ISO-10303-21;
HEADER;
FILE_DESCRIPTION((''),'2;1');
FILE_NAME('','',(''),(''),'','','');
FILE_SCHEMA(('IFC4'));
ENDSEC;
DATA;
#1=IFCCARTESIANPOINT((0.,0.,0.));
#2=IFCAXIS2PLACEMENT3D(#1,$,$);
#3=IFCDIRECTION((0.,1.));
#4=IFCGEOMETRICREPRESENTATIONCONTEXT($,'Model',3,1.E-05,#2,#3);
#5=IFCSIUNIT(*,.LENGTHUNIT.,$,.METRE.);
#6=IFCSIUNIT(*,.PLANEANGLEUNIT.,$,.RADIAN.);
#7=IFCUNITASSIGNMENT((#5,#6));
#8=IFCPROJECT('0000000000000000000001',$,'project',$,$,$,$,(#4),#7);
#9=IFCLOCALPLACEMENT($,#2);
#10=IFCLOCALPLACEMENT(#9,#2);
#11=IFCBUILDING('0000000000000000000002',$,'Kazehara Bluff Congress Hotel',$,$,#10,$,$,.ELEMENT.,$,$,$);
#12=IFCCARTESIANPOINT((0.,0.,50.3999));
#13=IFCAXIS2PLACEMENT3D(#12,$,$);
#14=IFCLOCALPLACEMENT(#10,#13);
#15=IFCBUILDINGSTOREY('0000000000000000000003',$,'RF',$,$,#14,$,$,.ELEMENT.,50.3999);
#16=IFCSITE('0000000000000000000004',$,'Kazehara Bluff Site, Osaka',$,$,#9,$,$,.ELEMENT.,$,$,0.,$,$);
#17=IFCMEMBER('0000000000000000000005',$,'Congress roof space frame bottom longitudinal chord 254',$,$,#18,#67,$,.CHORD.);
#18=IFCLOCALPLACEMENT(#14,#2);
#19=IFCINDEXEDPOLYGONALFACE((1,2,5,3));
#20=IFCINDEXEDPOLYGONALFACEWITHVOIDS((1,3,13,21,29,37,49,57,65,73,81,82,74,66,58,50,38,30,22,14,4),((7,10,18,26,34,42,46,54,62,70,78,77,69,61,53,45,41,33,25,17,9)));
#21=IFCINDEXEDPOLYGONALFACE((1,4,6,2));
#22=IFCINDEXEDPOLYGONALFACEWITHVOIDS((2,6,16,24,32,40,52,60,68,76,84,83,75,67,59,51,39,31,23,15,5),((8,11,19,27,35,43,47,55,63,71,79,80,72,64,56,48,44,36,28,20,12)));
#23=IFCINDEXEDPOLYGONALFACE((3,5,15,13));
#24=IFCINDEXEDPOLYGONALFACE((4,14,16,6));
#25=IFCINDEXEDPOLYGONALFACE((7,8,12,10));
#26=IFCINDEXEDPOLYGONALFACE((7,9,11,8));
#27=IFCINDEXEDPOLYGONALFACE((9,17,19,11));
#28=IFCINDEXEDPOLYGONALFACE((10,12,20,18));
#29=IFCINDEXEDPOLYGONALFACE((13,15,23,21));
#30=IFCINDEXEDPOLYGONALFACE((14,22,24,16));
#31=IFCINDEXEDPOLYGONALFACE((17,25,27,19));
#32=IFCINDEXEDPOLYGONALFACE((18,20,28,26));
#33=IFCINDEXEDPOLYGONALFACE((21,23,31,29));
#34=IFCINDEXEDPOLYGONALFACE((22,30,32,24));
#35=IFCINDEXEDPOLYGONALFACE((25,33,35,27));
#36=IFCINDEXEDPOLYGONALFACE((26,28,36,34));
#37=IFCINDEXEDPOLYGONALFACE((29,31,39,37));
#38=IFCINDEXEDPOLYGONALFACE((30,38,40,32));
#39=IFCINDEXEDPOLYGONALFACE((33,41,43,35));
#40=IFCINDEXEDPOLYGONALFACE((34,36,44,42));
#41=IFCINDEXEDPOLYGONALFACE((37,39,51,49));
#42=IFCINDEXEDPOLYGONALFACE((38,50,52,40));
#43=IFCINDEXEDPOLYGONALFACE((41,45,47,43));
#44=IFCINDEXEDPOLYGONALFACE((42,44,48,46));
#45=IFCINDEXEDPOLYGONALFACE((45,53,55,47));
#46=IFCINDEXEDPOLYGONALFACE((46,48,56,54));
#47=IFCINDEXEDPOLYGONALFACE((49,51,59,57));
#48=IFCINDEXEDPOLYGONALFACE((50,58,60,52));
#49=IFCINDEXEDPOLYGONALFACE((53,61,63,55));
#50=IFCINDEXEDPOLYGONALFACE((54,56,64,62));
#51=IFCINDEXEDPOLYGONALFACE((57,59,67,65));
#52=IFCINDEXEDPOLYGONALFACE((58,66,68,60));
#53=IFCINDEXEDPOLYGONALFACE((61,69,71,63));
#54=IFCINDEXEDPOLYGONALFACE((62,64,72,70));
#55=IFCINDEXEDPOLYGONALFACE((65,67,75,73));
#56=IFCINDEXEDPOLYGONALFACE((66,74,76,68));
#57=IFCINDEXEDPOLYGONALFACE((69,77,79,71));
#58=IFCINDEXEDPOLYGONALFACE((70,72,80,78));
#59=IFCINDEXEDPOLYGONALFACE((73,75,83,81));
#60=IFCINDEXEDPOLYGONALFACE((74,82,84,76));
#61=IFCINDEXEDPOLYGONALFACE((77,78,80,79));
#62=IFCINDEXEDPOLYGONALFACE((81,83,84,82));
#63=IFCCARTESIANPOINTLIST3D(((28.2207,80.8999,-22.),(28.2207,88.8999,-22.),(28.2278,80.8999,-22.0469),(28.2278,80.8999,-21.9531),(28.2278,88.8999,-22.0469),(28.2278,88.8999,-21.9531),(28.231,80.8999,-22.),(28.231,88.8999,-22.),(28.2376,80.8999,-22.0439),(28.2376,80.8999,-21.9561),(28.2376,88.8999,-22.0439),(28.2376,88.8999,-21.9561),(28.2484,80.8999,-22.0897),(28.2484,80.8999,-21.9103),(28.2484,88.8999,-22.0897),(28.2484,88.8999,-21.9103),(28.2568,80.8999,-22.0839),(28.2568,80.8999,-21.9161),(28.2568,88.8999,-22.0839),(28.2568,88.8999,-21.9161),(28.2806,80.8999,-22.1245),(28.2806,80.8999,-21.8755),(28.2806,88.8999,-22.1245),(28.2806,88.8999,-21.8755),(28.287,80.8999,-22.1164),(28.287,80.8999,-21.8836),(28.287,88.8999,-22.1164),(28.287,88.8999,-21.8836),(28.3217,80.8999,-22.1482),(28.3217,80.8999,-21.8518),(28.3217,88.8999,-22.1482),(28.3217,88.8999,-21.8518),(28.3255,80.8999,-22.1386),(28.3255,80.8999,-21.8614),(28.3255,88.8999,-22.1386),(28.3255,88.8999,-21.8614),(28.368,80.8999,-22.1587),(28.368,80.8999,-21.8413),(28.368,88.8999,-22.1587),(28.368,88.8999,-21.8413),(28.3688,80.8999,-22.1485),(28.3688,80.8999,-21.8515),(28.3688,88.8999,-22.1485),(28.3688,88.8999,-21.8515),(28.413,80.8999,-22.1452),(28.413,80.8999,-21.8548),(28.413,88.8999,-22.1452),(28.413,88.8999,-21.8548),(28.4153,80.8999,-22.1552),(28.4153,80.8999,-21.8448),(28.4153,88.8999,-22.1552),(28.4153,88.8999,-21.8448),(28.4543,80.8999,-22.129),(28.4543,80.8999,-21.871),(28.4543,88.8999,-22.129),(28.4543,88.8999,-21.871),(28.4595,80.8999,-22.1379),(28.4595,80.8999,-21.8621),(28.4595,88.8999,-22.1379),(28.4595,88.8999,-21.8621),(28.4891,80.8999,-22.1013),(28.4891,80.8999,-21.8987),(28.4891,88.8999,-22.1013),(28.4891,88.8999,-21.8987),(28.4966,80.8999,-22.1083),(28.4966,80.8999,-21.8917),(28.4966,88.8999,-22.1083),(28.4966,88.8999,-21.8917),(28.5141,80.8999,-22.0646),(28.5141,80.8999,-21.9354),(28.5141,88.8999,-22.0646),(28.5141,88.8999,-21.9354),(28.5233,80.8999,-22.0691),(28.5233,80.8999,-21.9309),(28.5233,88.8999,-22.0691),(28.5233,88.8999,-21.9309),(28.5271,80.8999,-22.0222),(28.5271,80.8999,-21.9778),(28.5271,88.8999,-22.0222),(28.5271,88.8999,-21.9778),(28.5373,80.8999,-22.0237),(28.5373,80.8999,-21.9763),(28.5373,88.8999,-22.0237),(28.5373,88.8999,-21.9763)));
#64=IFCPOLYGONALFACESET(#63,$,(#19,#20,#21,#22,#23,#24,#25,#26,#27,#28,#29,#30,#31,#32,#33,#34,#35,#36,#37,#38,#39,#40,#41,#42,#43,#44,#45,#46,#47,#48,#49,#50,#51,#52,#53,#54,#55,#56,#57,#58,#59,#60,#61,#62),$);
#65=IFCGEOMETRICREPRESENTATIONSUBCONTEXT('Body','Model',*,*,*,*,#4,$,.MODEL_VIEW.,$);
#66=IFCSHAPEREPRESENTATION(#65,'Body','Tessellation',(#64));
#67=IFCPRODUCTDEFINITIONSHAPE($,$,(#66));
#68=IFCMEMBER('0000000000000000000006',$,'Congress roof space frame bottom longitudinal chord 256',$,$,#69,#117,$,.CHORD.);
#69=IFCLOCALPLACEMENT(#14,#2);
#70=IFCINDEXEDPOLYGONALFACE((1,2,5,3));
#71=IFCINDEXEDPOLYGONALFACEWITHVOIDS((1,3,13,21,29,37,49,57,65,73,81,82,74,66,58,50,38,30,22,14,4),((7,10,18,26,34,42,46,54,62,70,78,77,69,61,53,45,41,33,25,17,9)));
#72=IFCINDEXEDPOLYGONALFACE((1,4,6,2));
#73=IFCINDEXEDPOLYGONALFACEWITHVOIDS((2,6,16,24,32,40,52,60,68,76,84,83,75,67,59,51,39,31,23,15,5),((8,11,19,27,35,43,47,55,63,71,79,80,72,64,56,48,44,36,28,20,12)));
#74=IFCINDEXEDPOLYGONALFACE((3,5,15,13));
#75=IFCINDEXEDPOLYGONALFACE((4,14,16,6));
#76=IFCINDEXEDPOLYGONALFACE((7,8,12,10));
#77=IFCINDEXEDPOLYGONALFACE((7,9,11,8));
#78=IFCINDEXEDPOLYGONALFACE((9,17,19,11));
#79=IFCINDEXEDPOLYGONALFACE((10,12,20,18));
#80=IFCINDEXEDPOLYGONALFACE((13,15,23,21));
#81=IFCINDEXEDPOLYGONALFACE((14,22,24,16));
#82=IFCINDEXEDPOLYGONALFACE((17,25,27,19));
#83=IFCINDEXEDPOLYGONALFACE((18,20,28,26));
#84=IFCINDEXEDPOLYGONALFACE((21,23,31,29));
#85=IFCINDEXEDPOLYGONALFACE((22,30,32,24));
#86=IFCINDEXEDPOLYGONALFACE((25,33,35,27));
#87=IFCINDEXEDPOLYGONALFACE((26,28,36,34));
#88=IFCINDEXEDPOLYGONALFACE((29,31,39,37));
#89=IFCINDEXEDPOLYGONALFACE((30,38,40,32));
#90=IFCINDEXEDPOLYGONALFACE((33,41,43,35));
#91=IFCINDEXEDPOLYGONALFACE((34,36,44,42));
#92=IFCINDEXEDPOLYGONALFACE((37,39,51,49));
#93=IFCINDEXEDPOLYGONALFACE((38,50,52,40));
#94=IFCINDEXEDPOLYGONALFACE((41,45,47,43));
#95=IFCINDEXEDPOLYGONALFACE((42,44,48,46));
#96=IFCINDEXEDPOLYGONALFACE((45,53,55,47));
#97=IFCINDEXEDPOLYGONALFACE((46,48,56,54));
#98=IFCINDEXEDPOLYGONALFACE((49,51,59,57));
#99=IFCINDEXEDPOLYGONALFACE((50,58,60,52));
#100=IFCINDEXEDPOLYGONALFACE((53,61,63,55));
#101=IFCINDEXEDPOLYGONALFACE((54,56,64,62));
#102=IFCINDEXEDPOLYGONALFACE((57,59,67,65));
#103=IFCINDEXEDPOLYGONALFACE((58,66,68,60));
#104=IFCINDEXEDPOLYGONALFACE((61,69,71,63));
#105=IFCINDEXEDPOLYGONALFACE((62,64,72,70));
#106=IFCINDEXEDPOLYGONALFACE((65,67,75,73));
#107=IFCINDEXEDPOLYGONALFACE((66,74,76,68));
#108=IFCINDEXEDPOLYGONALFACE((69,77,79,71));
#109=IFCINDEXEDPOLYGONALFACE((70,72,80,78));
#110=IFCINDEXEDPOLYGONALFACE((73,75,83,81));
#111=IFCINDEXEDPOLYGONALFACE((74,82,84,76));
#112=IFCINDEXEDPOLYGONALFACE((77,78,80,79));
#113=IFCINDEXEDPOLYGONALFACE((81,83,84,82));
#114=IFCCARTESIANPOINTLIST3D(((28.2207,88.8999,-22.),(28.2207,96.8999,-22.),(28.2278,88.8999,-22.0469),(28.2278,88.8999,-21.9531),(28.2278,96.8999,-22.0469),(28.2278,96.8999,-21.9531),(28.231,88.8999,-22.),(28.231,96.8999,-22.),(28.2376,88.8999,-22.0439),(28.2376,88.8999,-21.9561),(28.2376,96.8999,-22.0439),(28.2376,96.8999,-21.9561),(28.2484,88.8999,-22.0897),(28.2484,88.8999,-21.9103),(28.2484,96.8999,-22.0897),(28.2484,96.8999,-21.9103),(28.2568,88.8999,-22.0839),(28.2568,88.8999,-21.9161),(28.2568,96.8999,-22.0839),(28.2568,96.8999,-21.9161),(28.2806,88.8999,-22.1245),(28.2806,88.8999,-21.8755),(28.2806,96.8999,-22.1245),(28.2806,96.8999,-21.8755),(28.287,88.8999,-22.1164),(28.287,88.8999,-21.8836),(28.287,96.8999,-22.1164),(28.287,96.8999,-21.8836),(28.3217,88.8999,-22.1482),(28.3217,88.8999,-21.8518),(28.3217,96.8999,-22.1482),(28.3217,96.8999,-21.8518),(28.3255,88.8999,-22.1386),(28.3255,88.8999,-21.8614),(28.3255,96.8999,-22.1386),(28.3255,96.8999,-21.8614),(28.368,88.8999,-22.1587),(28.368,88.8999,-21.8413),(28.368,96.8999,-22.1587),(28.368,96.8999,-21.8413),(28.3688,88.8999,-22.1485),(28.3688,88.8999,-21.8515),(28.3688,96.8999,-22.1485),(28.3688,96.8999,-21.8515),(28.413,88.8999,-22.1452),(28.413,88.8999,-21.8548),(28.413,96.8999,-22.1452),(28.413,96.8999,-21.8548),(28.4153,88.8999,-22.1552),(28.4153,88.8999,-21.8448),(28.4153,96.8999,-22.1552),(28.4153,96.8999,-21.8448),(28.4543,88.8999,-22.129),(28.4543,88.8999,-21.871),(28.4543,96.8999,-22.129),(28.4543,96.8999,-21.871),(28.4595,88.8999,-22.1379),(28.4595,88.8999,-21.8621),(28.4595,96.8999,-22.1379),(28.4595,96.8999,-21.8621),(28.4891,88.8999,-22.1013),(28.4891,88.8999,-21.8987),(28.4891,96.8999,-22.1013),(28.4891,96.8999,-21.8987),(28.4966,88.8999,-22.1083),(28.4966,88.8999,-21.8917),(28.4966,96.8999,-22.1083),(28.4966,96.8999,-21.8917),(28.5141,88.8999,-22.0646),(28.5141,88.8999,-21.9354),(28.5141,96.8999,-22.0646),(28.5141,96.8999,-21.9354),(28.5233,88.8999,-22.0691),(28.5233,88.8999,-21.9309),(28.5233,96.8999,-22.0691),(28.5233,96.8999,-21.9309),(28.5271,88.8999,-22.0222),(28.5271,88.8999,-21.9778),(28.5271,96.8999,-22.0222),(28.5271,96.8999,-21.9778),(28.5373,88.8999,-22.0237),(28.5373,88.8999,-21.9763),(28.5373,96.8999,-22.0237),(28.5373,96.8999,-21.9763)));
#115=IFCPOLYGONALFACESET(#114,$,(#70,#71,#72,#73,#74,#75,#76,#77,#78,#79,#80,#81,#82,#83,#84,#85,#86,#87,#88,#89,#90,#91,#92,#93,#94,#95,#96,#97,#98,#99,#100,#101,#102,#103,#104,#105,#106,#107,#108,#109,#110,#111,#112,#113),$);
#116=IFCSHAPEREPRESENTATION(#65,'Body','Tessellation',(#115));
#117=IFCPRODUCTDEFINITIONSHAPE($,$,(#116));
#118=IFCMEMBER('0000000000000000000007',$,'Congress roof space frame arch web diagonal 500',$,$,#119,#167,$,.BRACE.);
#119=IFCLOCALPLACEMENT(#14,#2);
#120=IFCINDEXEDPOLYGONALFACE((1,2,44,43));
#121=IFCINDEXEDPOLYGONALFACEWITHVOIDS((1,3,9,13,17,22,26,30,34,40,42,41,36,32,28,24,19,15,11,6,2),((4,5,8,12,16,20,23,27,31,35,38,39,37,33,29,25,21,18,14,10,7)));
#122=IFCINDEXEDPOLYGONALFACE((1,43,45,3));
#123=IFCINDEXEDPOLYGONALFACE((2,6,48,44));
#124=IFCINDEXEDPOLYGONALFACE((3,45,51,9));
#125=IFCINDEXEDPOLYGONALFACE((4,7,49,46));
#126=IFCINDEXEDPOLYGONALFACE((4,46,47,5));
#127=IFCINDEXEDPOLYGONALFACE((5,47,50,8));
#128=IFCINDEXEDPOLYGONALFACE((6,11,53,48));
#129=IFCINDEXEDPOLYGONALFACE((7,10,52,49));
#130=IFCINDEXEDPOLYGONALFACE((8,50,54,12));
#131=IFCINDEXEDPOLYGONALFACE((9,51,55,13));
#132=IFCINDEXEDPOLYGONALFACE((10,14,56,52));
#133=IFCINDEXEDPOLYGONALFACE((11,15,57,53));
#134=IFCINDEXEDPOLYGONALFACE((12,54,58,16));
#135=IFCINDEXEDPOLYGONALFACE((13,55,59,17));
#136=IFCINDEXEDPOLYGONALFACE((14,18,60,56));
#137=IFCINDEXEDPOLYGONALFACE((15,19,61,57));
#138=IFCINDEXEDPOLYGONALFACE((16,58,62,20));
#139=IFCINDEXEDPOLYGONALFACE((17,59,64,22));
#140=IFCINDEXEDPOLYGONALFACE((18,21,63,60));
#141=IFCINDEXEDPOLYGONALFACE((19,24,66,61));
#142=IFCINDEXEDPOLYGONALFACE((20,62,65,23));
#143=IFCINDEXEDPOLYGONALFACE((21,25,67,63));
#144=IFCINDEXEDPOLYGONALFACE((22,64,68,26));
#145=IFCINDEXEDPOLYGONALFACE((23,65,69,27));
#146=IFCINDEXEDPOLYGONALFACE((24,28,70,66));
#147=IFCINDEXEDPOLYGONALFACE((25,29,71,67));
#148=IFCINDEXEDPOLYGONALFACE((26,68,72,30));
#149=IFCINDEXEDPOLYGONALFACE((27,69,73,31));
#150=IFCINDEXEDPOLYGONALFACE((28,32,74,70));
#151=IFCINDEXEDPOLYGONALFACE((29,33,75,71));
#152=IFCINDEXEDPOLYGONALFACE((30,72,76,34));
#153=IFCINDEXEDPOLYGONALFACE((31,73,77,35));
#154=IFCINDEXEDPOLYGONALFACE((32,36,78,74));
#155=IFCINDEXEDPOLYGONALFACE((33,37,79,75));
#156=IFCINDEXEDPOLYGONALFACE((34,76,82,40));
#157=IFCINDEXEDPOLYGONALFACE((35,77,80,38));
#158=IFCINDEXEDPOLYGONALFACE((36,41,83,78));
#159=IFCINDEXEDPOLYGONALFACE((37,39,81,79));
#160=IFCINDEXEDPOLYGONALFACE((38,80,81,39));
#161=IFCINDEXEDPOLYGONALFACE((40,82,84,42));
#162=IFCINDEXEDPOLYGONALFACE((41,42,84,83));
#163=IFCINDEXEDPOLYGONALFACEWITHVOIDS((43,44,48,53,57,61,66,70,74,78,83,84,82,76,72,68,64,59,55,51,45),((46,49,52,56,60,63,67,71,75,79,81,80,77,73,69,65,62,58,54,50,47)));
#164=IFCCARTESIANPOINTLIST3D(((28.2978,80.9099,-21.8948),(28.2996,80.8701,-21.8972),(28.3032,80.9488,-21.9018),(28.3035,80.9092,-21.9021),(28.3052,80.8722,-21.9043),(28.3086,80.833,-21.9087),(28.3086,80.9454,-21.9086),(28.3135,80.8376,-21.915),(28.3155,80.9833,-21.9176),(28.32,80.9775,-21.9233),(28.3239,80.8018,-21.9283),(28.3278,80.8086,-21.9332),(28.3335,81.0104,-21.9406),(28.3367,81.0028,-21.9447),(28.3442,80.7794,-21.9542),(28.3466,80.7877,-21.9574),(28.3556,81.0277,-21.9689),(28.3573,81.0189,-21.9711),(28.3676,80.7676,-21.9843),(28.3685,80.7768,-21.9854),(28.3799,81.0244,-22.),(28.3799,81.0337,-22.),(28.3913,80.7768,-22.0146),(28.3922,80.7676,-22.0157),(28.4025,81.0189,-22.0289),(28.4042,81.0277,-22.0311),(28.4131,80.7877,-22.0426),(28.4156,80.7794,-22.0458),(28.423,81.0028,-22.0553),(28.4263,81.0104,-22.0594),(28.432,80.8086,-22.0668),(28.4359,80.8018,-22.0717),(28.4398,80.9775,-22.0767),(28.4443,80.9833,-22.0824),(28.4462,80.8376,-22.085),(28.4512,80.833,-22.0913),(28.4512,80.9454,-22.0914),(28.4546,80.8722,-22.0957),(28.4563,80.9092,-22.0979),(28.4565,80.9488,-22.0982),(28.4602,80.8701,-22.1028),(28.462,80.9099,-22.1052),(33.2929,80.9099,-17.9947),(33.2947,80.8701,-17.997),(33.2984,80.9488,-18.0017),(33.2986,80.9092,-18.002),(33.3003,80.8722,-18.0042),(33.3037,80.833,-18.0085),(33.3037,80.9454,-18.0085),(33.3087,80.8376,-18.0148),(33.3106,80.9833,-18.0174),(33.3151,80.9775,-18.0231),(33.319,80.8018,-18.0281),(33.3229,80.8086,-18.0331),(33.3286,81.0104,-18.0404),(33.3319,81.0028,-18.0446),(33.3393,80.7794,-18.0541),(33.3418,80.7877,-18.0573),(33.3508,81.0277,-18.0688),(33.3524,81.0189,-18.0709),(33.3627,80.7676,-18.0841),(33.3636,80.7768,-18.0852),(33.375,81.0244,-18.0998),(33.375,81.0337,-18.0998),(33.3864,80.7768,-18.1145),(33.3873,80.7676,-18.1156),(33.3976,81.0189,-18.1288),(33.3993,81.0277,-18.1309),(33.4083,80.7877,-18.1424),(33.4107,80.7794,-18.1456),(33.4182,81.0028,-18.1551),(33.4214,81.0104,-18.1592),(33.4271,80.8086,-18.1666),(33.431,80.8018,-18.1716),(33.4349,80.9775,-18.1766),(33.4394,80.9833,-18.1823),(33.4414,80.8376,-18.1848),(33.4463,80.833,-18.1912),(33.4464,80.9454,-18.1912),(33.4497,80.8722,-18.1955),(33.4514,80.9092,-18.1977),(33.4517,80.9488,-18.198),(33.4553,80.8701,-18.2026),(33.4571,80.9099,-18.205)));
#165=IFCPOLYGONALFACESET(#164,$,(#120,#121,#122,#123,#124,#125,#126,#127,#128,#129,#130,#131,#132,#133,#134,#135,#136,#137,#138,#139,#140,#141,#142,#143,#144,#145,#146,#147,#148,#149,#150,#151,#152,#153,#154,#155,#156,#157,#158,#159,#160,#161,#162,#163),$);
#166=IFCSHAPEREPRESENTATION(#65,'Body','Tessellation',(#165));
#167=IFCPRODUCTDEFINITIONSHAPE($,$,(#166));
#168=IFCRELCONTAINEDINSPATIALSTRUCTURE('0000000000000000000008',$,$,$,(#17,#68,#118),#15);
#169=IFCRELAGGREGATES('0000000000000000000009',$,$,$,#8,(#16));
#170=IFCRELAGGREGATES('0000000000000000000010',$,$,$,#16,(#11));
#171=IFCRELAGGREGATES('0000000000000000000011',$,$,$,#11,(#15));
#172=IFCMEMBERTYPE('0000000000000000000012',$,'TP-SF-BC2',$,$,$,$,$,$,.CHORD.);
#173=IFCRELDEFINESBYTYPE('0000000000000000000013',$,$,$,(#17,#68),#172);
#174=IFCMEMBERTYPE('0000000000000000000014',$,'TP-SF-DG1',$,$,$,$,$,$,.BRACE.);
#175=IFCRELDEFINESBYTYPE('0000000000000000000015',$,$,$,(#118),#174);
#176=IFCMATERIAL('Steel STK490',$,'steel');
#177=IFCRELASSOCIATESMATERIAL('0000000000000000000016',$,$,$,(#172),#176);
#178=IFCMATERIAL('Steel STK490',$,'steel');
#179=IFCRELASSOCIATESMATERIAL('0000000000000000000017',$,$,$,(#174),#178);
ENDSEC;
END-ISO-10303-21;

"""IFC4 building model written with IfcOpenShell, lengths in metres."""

from ifc_helpers import new_model, si_unit, direction, frame, origin, origin_2d, place, context, subcontext, project, spatial, hollow_circle, extrude, material, material_profile, profile_set, type_object, element, save


model = new_model("IFC4")

# Units and contexts
model_context = context("Model", 3, precision=1e-05, world=origin(), true_north=direction((0.0, 1.0)))
body_context = subcontext(model_context, "Body", "Model", "MODEL_VIEW")
ifc_project = project(units=[si_unit("LENGTHUNIT", "METRE"), si_unit("PLANEANGLEUNIT", "RADIAN")], contexts=[model_context])

# Site, building, storey
site_placement = place(None, origin())
site = spatial("IfcSite", under=ifc_project, at=site_placement, Name="Kazehara Bluff Site, Osaka", CompositionType="ELEMENT", RefElevation=0.0)
building_placement = place(site_placement, origin())
building = spatial("IfcBuilding", under=site, at=building_placement, Name="Kazehara Bluff Congress Hotel", CompositionType="ELEMENT")
storey_placement = place(building_placement, frame((0.0, 0.0, 50.3999)))
storey = spatial("IfcBuildingStorey", under=building, at=storey_placement, Name="RF", CompositionType="ELEMENT", Elevation=50.3999)

# Members
ifc_material_1 = material(Name="Steel STK490", Category="steel")
ifc_material_profile_1 = material_profile(ifc_material_1, hollow_circle(Radius=0.1592, WallThickness=0.0103, at=origin_2d()))
ifc_profile_set_1 = profile_set([ifc_material_profile_1], Name="Steel STK490")
member_type_1 = type_object("IfcMemberType", Name="TP-SF-BC2", PredefinedType="CHORD", material=ifc_profile_set_1)
for number, where, z_axis, x_axis, name in (
    (1, (28.3799, 80.8999, -22.0), (0.0, 1.0, 0.0), (-1.0, 0.0, 0.0), "Congress roof space frame bottom longitudinal chord 254"),
    (2, (28.3799, 88.8999, -22.0), (0.0, 1.0, 0.0), (-1.0, 0.0, 0.0), "Congress roof space frame bottom longitudinal chord 256"),
):
    element("IfcMember", number, at=place(storey_placement, frame(where, z_axis=z_axis, x_axis=x_axis)), inside=storey, type_object=member_type_1, Name=name, PredefinedType="CHORD", context=body_context, shape_type="SweptSolid", body=[
        extrude(hollow_circle(Radius=0.1592, WallThickness=0.0103, at=origin_2d()), origin(), (0.0, 0.0, 1.0), 8.0),
    ])
ifc_material_2 = material(Name="Steel STK490", Category="steel")
ifc_material_profile_2 = material_profile(ifc_material_2, hollow_circle(Radius=0.1338, WallThickness=0.0093, at=origin_2d()))
ifc_profile_set_2 = profile_set([ifc_material_profile_2], Name="Steel STK490")
member_type_2 = type_object("IfcMemberType", Name="TP-SF-DG1", PredefinedType="BRACE", material=ifc_profile_set_2)
member_1_placement = place(storey_placement, frame((28.3799, 80.8999, -22.0), z_axis=(0.7882, 0.0, 0.61542), x_axis=(0.0, 1.0, 0.0)))
element("IfcMember", 3, at=member_1_placement, inside=storey, type_object=member_type_2, Name="Congress roof space frame arch web diagonal 500", PredefinedType="BRACE", context=body_context, shape_type="SweptSolid", body=[
    extrude(hollow_circle(Radius=0.1338, WallThickness=0.0093, at=origin_2d()), origin(), (0.0, 0.0, 1.0), 6.3374),
])

save(model, "model.ifc")
